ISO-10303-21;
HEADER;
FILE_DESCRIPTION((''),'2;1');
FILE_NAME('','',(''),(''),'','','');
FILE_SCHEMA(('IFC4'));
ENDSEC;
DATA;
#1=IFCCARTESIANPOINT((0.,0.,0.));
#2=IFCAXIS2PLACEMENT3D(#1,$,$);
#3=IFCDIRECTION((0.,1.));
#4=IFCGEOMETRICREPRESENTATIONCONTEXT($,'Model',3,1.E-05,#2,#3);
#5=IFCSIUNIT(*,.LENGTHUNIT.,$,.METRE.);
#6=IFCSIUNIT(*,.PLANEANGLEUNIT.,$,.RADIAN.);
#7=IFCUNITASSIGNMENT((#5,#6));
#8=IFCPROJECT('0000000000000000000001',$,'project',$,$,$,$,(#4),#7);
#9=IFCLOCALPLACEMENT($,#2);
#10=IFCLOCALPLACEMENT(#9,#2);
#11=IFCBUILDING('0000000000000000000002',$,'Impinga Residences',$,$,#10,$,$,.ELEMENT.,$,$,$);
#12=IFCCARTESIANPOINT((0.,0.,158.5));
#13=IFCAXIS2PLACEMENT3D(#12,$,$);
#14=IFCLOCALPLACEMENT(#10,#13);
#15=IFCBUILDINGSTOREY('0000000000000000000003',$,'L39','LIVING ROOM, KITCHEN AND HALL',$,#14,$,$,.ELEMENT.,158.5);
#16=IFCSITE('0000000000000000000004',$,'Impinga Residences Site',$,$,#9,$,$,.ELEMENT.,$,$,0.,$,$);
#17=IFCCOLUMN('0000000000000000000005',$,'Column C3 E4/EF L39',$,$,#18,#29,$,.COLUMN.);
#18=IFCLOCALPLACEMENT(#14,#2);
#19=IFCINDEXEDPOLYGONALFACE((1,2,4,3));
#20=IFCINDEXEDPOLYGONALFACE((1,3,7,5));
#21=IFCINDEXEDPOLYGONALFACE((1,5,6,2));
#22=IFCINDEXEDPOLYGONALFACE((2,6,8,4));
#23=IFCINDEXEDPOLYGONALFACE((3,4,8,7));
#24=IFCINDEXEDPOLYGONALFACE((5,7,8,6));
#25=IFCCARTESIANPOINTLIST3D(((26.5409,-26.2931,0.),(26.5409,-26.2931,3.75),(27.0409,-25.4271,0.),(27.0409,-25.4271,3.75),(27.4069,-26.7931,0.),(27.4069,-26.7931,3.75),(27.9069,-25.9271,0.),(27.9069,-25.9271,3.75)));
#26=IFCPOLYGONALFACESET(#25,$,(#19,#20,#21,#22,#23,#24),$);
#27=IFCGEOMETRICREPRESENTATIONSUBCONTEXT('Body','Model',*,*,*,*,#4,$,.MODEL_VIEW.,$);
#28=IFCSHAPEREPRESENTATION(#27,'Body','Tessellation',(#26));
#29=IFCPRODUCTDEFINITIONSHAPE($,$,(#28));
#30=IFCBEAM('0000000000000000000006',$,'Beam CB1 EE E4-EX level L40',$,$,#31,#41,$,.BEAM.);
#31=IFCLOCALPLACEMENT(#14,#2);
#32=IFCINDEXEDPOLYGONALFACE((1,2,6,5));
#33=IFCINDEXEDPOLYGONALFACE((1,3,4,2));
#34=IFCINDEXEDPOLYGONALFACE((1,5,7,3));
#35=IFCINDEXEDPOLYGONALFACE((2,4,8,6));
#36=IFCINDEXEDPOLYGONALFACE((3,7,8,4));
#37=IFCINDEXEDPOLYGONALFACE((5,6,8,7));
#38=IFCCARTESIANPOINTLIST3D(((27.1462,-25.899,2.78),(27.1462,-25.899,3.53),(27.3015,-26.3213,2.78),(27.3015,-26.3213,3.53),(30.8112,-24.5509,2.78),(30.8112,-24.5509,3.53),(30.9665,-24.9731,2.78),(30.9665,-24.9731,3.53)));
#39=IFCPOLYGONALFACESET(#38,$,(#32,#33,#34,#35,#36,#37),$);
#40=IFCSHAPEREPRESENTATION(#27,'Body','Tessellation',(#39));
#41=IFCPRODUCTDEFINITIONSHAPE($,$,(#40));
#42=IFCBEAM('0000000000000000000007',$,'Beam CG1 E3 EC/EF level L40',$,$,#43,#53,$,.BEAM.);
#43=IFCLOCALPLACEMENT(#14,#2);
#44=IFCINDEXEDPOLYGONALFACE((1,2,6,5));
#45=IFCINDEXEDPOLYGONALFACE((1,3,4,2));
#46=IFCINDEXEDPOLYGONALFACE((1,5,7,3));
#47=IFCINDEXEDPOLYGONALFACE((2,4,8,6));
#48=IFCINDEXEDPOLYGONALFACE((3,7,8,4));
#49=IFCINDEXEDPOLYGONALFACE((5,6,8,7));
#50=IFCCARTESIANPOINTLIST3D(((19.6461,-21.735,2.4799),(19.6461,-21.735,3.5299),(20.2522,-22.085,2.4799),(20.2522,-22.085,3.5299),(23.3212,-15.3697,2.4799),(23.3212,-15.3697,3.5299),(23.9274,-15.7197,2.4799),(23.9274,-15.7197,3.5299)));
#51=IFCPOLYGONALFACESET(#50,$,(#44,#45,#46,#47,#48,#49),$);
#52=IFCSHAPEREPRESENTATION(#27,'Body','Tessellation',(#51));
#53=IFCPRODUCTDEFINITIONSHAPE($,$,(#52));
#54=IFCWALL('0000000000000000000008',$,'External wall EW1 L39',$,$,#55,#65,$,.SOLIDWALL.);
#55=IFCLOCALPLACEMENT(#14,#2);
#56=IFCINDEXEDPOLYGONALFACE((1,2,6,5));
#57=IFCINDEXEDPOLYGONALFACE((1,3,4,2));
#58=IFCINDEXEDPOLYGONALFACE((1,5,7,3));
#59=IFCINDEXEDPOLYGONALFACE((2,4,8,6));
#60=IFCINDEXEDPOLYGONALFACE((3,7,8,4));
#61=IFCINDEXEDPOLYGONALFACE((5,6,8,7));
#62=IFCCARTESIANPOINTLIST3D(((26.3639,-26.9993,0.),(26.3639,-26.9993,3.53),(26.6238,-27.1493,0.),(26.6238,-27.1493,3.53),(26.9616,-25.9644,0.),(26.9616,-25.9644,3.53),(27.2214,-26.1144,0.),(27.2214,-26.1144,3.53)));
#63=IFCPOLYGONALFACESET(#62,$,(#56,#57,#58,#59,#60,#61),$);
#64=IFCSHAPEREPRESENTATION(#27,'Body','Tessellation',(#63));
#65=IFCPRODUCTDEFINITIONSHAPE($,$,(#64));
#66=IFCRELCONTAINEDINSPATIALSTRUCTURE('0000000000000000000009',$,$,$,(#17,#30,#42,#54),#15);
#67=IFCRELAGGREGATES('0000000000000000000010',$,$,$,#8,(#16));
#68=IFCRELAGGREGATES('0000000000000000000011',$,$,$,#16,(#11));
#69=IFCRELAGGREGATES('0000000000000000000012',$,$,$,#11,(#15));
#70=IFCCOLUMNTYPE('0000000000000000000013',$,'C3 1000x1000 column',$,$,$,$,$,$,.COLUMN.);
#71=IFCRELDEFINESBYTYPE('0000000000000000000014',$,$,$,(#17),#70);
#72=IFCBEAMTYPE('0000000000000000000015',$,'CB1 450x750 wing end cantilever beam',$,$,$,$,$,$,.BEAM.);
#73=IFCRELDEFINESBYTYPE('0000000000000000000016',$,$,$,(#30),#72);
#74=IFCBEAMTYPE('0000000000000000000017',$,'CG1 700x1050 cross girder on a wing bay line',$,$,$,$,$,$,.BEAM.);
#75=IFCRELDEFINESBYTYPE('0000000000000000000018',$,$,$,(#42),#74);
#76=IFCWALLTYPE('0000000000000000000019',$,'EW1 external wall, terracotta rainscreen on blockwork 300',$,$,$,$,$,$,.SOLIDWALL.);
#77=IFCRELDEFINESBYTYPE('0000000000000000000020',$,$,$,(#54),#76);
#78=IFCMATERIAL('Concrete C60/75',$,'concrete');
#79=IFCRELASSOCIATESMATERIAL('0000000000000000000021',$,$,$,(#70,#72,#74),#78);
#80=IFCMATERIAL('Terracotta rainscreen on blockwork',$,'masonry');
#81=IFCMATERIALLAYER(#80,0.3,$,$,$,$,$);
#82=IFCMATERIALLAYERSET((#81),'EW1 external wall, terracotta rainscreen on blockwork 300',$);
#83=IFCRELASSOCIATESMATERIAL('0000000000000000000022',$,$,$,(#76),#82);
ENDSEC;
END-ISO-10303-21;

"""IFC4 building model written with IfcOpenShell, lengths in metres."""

from ifc_helpers import new_model, si_unit, direction, frame, frame_2d, origin, origin_2d, place, context, subcontext, project, spatial, rectangle, extrude, material, layer, layer_set, material_profile, profile_set, type_object, element, save


model = new_model("IFC4")

# Units and contexts
model_context = context("Model", 3, precision=1e-05, world=origin(), true_north=direction((0.0, 1.0)))
body_context = subcontext(model_context, "Body", "Model", "MODEL_VIEW")
ifc_project = project(units=[si_unit("LENGTHUNIT", "METRE"), si_unit("PLANEANGLEUNIT", "RADIAN")], contexts=[model_context])

# Site, building, storey
site_placement = place(None, origin())
site = spatial("IfcSite", under=ifc_project, at=site_placement, Name="Impinga Residences Site", CompositionType="ELEMENT", RefElevation=0.0)
building_placement = place(site_placement, origin())
building = spatial("IfcBuilding", under=site, at=building_placement, Name="Impinga Residences", CompositionType="ELEMENT")
storey_placement = place(building_placement, frame((0.0, 0.0, 158.5)))
storey = spatial("IfcBuildingStorey", under=building, at=storey_placement, Name="L39", Description="LIVING ROOM, KITCHEN AND HALL", CompositionType="ELEMENT", Elevation=158.5)

# Column
ifc_material_1 = material(Name="Concrete C60/75", Category="concrete")
ifc_material_profile_1 = material_profile(ifc_material_1, rectangle(XDim=1.0, YDim=1.0, at=origin_2d()), Name="RC 1000x1000")
ifc_profile_set_1 = profile_set([ifc_material_profile_1], Name="Concrete C60/75")
column_type = type_object("IfcColumnType", Name="C3 1000x1000 column", PredefinedType="COLUMN", material=ifc_profile_set_1)
column_placement = place(storey_placement, frame((27.2239, -26.1101, 0.0), z_axis=(0.0, 0.0, 1.0), x_axis=(-0.5, -0.866025, 0.0)))
element("IfcColumn", 1, at=column_placement, inside=storey, type_object=column_type, Name="Column C3 E4/EF L39", PredefinedType="COLUMN", context=body_context, shape_type="SweptSolid", body=[
    extrude(rectangle(XDim=1.0, YDim=1.0, at=origin_2d()), origin(), (0.0, 0.0, 1.0), 3.75),
])

# Beams
ifc_material_profile_2 = material_profile(ifc_material_1, rectangle(XDim=0.45, YDim=0.75, at=origin_2d()), Name="RC 450x750")
ifc_profile_set_2 = profile_set([ifc_material_profile_2], Name="Concrete C60/75")
beam_type_1 = type_object("IfcBeamType", Name="CB1 450x750 wing end cantilever beam", PredefinedType="BEAM", material=ifc_profile_set_2)
beam_1_placement = place(storey_placement, frame((27.2239, -26.1101, 3.155), z_axis=(0.93852, 0.345224, 0.0), x_axis=(-0.345224, 0.93852, 0.0)))
element("IfcBeam", 2, at=beam_1_placement, inside=storey, type_object=beam_type_1, Name="Beam CB1 EE E4-EX level L40", PredefinedType="BEAM", context=body_context, shape_type="SweptSolid", body=[
    extrude(rectangle(XDim=0.45, YDim=0.75, at=origin_2d()), origin(), (0.0, 0.0, 1.0), 3.905),
])
ifc_material_profile_3 = material_profile(ifc_material_1, rectangle(XDim=0.7, YDim=1.05, at=origin_2d()), Name="RC 700x1050")
ifc_profile_set_3 = profile_set([ifc_material_profile_3], Name="Concrete C60/75")
beam_type_2 = type_object("IfcBeamType", Name="CG1 700x1050 cross girder on a wing bay line", PredefinedType="BEAM", material=ifc_profile_set_3)
beam_2_placement = place(storey_placement, frame((23.6243, -15.5447, 3.0049), z_axis=(-0.500008, -0.866021, 0.0), x_axis=(0.866021, -0.500008, 0.0)))
element("IfcBeam", 3, at=beam_2_placement, inside=storey, type_object=beam_type_2, Name="Beam CG1 E3 EC/EF level L40", PredefinedType="BEAM", context=body_context, shape_type="SweptSolid", body=[
    extrude(rectangle(XDim=0.7, YDim=1.05, at=origin_2d()), origin(), (0.0, 0.0, 1.0), 7.3501),
])

# Wall
ifc_material_2 = material(Name="Terracotta rainscreen on blockwork", Category="masonry")
ifc_layer_1 = layer(ifc_material_2, 0.3)
ifc_layer_set_1 = layer_set([ifc_layer_1], Name="EW1 external wall, terracotta rainscreen on blockwork 300")
wall_type_1 = type_object("IfcWallType", Name="EW1 external wall, terracotta rainscreen on blockwork 300", PredefinedType="SOLIDWALL", material=ifc_layer_set_1)
wall_1_placement = place(storey_placement, frame((27.0916, -26.0393, 0.0), z_axis=(0.0, 0.0, 1.0), x_axis=(-0.500094, -0.865971, 0.0)))
element("IfcWall", 4, at=wall_1_placement, inside=storey, type_object=wall_type_1, Name="External wall EW1 L39", PredefinedType="SOLIDWALL", context=body_context, shape_type="SweptSolid", body=[
    extrude(rectangle(XDim=1.1951, YDim=0.3, at=frame_2d((0.5977, 0.0))), origin(), (0.0, 0.0, 1.0), 3.53),
])

save(model, "model.ifc")
